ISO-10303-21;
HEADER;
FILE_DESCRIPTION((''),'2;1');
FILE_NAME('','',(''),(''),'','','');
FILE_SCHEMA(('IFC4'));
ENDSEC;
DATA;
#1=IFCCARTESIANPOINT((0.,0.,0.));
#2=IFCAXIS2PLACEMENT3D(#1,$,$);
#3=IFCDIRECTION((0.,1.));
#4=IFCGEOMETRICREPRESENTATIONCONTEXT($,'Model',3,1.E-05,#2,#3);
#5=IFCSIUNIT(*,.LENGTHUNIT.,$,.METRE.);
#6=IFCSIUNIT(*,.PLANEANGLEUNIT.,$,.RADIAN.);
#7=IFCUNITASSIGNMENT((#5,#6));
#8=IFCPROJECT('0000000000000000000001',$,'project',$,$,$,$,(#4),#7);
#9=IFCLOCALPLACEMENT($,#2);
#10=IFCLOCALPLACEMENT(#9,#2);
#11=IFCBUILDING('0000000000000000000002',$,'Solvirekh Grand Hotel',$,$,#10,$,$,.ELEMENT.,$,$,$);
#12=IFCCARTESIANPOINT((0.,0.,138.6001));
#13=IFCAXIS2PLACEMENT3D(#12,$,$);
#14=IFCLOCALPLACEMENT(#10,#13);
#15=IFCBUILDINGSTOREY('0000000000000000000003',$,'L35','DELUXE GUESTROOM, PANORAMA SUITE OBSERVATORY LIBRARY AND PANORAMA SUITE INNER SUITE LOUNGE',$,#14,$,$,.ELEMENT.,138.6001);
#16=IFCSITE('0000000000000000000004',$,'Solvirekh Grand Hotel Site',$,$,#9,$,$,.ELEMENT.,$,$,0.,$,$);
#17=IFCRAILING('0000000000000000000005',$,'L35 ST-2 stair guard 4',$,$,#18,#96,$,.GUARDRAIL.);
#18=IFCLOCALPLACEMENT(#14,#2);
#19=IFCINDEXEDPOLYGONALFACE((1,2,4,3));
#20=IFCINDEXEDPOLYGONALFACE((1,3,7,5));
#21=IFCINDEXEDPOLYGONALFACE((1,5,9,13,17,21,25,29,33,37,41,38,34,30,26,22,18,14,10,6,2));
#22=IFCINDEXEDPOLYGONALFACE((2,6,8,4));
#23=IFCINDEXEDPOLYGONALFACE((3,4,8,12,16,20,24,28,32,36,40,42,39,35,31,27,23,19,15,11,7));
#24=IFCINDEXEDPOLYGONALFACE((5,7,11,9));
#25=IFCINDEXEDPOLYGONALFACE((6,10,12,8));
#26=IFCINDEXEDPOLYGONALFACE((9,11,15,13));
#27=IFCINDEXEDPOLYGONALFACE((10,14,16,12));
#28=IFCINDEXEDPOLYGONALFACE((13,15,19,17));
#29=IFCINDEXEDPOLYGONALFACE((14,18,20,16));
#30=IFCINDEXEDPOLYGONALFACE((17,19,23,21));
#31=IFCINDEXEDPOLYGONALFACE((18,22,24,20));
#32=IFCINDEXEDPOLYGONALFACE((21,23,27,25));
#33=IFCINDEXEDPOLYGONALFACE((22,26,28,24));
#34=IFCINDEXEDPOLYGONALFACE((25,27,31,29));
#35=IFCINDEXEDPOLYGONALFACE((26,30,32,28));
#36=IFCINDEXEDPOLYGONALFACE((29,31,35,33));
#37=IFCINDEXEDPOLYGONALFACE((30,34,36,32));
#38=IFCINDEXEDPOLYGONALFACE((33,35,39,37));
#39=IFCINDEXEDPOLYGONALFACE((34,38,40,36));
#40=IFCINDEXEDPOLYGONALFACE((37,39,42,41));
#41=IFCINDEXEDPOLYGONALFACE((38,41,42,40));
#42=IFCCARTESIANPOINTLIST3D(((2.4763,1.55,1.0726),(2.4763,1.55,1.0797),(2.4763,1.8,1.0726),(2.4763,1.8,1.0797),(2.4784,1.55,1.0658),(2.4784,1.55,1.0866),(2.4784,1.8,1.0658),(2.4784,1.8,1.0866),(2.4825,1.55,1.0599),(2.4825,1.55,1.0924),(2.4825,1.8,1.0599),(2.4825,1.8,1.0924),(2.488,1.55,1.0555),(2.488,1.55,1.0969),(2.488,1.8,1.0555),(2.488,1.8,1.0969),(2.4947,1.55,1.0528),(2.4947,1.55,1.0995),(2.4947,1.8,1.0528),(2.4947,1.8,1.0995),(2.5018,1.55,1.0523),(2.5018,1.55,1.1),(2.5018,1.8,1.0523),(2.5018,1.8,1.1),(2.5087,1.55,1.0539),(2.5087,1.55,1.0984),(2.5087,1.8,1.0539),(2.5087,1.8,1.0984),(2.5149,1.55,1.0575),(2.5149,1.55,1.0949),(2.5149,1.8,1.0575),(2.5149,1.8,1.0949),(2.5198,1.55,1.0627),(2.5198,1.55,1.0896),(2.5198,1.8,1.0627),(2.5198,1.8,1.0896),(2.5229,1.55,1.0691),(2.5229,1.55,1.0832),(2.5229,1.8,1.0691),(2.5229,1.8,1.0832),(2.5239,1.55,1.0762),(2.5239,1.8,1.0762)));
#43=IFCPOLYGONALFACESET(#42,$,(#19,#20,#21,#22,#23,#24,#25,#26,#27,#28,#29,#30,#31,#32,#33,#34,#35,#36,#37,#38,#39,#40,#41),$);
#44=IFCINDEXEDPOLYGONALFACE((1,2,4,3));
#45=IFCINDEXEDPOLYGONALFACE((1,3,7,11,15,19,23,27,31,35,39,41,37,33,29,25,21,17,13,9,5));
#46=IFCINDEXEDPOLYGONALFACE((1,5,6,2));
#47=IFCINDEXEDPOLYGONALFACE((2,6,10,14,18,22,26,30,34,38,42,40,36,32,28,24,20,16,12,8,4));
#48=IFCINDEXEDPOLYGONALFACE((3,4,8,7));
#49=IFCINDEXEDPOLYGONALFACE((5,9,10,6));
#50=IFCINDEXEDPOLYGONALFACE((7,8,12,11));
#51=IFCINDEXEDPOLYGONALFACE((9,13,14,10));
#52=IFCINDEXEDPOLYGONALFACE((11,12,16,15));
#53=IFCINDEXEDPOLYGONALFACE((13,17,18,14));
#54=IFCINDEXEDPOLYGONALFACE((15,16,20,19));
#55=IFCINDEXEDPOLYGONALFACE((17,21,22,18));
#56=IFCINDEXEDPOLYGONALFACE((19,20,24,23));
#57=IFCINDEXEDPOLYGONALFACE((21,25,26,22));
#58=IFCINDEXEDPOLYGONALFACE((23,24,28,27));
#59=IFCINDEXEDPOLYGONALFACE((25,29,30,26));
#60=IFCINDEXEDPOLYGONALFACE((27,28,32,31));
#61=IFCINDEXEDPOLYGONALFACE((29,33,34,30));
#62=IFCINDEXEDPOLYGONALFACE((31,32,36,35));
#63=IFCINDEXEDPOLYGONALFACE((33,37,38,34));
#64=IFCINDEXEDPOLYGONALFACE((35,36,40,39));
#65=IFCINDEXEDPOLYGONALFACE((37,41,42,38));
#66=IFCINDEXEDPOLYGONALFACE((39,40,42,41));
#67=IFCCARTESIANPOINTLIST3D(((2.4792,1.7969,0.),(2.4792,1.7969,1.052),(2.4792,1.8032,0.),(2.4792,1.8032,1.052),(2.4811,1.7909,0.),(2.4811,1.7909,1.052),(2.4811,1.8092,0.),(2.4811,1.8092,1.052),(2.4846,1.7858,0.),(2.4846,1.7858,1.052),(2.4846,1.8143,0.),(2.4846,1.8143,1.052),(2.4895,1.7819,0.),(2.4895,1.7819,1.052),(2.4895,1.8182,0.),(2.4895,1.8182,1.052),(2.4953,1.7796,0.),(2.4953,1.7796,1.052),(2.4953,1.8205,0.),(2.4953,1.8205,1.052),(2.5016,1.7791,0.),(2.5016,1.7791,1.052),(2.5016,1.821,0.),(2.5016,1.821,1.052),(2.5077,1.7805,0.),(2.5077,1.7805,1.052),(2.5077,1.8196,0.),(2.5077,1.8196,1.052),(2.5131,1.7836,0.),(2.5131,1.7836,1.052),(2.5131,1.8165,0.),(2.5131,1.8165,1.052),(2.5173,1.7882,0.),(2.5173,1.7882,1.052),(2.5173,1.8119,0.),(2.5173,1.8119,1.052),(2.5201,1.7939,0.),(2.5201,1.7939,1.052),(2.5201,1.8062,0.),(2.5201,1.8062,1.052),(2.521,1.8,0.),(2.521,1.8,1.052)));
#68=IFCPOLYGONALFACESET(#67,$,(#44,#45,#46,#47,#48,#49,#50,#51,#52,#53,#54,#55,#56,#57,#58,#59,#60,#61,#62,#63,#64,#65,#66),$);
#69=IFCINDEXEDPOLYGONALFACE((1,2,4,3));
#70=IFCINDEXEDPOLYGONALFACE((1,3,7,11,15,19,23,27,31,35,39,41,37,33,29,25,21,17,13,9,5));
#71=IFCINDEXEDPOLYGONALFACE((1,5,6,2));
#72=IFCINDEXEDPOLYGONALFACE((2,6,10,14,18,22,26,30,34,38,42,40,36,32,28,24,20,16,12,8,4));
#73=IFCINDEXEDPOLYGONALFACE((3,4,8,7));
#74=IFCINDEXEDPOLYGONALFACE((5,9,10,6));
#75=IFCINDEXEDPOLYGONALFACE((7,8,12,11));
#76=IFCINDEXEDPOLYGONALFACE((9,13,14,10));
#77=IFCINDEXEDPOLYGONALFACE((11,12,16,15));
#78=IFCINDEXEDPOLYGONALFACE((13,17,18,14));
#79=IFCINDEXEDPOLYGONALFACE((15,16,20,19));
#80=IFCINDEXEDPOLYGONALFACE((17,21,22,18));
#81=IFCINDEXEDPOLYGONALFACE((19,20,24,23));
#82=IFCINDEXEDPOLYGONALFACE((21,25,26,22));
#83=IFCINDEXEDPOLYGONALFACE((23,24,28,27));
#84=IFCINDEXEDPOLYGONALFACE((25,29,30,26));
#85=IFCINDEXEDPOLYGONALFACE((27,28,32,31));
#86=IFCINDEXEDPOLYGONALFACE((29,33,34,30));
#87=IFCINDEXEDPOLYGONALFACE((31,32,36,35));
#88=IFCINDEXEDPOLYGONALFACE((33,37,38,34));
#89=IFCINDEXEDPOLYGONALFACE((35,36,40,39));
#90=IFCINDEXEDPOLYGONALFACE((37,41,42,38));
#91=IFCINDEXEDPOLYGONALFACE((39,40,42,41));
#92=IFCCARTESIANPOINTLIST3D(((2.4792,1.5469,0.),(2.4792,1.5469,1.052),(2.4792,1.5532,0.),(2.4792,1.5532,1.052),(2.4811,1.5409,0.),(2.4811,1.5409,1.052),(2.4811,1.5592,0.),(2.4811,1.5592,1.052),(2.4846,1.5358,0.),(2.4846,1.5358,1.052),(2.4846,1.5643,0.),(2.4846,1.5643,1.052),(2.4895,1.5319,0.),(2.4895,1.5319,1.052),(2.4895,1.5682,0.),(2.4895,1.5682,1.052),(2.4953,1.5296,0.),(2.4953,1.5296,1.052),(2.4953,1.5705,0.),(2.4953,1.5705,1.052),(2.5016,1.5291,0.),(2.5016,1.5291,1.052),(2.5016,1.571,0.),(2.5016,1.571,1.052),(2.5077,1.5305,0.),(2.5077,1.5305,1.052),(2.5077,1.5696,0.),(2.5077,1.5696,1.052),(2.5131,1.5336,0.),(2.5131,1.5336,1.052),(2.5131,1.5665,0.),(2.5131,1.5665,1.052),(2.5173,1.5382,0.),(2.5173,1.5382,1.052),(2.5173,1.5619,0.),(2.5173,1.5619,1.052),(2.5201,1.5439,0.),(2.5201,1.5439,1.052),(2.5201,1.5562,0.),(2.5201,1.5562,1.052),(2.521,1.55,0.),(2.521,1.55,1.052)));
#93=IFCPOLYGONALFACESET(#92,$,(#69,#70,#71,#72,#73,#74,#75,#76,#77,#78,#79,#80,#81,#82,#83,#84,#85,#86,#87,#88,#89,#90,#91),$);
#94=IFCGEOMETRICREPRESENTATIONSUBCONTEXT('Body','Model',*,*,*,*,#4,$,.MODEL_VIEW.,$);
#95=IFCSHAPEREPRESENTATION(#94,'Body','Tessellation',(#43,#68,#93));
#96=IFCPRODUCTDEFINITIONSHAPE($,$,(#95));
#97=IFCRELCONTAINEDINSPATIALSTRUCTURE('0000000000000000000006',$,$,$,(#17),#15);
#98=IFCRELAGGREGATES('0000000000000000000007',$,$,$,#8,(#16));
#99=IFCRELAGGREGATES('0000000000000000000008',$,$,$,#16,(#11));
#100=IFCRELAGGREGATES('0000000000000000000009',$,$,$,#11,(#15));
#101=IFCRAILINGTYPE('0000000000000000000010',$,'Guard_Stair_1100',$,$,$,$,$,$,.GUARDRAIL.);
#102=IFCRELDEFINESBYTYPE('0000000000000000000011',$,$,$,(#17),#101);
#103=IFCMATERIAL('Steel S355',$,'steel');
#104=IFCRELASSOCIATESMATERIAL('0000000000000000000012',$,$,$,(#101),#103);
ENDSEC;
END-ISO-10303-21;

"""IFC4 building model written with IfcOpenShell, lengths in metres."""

from ifc_helpers import new_model, si_unit, direction, frame, origin, origin_2d, place, context, subcontext, project, spatial, circle, extrude, material, type_object, element, save


model = new_model("IFC4")

# Units and contexts
model_context = context("Model", 3, precision=1e-05, world=origin(), true_north=direction((0.0, 1.0)))
body_context = subcontext(model_context, "Body", "Model", "MODEL_VIEW")
ifc_project = project(units=[si_unit("LENGTHUNIT", "METRE"), si_unit("PLANEANGLEUNIT", "RADIAN")], contexts=[model_context])

# Site, building, storey
site_placement = place(None, origin())
site = spatial("IfcSite", under=ifc_project, at=site_placement, Name="Solvirekh Grand Hotel Site", CompositionType="ELEMENT", RefElevation=0.0)
building_placement = place(site_placement, origin())
building = spatial("IfcBuilding", under=site, at=building_placement, Name="Solvirekh Grand Hotel", CompositionType="ELEMENT")
storey_placement = place(building_placement, frame((0.0, 0.0, 138.6001)))
storey = spatial("IfcBuildingStorey", under=building, at=storey_placement, Name="L35", Description="DELUXE GUESTROOM, PANORAMA SUITE OBSERVATORY LIBRARY AND PANORAMA SUITE INNER SUITE LOUNGE", CompositionType="ELEMENT", Elevation=138.6001)

# Shared definitions
ifc_material_1 = material(Name="Steel S355", Category="steel")

# Railing
railing_type_1 = type_object("IfcRailingType", Name="Guard_Stair_1100", PredefinedType="GUARDRAIL", material=ifc_material_1)
railing_1_placement = place(storey_placement, frame((2.5, 1.8, 0.0)))
element("IfcRailing", 1, at=railing_1_placement, inside=storey, type_object=railing_type_1, Name="L35 ST-2 stair guard 4", PredefinedType="GUARDRAIL", context=body_context, shape_type="SweptSolid", body=[
    extrude(circle(Radius=0.0239, at=origin_2d()), frame((0.0, 0.0, 1.0762), z_axis=(0.0, -1.0, 0.0), x_axis=(1.0, 0.0, 0.0)), (0.0, 0.0, 1.0), 0.25),
    extrude(circle(Radius=0.021, at=origin_2d()), origin(), (0.0, 0.0, 1.0), 1.052),
    extrude(circle(Radius=0.021, at=origin_2d()), frame((0.0, -0.25, 0.0)), (0.0, 0.0, 1.0), 1.052),
])

save(model, "model.ifc")
